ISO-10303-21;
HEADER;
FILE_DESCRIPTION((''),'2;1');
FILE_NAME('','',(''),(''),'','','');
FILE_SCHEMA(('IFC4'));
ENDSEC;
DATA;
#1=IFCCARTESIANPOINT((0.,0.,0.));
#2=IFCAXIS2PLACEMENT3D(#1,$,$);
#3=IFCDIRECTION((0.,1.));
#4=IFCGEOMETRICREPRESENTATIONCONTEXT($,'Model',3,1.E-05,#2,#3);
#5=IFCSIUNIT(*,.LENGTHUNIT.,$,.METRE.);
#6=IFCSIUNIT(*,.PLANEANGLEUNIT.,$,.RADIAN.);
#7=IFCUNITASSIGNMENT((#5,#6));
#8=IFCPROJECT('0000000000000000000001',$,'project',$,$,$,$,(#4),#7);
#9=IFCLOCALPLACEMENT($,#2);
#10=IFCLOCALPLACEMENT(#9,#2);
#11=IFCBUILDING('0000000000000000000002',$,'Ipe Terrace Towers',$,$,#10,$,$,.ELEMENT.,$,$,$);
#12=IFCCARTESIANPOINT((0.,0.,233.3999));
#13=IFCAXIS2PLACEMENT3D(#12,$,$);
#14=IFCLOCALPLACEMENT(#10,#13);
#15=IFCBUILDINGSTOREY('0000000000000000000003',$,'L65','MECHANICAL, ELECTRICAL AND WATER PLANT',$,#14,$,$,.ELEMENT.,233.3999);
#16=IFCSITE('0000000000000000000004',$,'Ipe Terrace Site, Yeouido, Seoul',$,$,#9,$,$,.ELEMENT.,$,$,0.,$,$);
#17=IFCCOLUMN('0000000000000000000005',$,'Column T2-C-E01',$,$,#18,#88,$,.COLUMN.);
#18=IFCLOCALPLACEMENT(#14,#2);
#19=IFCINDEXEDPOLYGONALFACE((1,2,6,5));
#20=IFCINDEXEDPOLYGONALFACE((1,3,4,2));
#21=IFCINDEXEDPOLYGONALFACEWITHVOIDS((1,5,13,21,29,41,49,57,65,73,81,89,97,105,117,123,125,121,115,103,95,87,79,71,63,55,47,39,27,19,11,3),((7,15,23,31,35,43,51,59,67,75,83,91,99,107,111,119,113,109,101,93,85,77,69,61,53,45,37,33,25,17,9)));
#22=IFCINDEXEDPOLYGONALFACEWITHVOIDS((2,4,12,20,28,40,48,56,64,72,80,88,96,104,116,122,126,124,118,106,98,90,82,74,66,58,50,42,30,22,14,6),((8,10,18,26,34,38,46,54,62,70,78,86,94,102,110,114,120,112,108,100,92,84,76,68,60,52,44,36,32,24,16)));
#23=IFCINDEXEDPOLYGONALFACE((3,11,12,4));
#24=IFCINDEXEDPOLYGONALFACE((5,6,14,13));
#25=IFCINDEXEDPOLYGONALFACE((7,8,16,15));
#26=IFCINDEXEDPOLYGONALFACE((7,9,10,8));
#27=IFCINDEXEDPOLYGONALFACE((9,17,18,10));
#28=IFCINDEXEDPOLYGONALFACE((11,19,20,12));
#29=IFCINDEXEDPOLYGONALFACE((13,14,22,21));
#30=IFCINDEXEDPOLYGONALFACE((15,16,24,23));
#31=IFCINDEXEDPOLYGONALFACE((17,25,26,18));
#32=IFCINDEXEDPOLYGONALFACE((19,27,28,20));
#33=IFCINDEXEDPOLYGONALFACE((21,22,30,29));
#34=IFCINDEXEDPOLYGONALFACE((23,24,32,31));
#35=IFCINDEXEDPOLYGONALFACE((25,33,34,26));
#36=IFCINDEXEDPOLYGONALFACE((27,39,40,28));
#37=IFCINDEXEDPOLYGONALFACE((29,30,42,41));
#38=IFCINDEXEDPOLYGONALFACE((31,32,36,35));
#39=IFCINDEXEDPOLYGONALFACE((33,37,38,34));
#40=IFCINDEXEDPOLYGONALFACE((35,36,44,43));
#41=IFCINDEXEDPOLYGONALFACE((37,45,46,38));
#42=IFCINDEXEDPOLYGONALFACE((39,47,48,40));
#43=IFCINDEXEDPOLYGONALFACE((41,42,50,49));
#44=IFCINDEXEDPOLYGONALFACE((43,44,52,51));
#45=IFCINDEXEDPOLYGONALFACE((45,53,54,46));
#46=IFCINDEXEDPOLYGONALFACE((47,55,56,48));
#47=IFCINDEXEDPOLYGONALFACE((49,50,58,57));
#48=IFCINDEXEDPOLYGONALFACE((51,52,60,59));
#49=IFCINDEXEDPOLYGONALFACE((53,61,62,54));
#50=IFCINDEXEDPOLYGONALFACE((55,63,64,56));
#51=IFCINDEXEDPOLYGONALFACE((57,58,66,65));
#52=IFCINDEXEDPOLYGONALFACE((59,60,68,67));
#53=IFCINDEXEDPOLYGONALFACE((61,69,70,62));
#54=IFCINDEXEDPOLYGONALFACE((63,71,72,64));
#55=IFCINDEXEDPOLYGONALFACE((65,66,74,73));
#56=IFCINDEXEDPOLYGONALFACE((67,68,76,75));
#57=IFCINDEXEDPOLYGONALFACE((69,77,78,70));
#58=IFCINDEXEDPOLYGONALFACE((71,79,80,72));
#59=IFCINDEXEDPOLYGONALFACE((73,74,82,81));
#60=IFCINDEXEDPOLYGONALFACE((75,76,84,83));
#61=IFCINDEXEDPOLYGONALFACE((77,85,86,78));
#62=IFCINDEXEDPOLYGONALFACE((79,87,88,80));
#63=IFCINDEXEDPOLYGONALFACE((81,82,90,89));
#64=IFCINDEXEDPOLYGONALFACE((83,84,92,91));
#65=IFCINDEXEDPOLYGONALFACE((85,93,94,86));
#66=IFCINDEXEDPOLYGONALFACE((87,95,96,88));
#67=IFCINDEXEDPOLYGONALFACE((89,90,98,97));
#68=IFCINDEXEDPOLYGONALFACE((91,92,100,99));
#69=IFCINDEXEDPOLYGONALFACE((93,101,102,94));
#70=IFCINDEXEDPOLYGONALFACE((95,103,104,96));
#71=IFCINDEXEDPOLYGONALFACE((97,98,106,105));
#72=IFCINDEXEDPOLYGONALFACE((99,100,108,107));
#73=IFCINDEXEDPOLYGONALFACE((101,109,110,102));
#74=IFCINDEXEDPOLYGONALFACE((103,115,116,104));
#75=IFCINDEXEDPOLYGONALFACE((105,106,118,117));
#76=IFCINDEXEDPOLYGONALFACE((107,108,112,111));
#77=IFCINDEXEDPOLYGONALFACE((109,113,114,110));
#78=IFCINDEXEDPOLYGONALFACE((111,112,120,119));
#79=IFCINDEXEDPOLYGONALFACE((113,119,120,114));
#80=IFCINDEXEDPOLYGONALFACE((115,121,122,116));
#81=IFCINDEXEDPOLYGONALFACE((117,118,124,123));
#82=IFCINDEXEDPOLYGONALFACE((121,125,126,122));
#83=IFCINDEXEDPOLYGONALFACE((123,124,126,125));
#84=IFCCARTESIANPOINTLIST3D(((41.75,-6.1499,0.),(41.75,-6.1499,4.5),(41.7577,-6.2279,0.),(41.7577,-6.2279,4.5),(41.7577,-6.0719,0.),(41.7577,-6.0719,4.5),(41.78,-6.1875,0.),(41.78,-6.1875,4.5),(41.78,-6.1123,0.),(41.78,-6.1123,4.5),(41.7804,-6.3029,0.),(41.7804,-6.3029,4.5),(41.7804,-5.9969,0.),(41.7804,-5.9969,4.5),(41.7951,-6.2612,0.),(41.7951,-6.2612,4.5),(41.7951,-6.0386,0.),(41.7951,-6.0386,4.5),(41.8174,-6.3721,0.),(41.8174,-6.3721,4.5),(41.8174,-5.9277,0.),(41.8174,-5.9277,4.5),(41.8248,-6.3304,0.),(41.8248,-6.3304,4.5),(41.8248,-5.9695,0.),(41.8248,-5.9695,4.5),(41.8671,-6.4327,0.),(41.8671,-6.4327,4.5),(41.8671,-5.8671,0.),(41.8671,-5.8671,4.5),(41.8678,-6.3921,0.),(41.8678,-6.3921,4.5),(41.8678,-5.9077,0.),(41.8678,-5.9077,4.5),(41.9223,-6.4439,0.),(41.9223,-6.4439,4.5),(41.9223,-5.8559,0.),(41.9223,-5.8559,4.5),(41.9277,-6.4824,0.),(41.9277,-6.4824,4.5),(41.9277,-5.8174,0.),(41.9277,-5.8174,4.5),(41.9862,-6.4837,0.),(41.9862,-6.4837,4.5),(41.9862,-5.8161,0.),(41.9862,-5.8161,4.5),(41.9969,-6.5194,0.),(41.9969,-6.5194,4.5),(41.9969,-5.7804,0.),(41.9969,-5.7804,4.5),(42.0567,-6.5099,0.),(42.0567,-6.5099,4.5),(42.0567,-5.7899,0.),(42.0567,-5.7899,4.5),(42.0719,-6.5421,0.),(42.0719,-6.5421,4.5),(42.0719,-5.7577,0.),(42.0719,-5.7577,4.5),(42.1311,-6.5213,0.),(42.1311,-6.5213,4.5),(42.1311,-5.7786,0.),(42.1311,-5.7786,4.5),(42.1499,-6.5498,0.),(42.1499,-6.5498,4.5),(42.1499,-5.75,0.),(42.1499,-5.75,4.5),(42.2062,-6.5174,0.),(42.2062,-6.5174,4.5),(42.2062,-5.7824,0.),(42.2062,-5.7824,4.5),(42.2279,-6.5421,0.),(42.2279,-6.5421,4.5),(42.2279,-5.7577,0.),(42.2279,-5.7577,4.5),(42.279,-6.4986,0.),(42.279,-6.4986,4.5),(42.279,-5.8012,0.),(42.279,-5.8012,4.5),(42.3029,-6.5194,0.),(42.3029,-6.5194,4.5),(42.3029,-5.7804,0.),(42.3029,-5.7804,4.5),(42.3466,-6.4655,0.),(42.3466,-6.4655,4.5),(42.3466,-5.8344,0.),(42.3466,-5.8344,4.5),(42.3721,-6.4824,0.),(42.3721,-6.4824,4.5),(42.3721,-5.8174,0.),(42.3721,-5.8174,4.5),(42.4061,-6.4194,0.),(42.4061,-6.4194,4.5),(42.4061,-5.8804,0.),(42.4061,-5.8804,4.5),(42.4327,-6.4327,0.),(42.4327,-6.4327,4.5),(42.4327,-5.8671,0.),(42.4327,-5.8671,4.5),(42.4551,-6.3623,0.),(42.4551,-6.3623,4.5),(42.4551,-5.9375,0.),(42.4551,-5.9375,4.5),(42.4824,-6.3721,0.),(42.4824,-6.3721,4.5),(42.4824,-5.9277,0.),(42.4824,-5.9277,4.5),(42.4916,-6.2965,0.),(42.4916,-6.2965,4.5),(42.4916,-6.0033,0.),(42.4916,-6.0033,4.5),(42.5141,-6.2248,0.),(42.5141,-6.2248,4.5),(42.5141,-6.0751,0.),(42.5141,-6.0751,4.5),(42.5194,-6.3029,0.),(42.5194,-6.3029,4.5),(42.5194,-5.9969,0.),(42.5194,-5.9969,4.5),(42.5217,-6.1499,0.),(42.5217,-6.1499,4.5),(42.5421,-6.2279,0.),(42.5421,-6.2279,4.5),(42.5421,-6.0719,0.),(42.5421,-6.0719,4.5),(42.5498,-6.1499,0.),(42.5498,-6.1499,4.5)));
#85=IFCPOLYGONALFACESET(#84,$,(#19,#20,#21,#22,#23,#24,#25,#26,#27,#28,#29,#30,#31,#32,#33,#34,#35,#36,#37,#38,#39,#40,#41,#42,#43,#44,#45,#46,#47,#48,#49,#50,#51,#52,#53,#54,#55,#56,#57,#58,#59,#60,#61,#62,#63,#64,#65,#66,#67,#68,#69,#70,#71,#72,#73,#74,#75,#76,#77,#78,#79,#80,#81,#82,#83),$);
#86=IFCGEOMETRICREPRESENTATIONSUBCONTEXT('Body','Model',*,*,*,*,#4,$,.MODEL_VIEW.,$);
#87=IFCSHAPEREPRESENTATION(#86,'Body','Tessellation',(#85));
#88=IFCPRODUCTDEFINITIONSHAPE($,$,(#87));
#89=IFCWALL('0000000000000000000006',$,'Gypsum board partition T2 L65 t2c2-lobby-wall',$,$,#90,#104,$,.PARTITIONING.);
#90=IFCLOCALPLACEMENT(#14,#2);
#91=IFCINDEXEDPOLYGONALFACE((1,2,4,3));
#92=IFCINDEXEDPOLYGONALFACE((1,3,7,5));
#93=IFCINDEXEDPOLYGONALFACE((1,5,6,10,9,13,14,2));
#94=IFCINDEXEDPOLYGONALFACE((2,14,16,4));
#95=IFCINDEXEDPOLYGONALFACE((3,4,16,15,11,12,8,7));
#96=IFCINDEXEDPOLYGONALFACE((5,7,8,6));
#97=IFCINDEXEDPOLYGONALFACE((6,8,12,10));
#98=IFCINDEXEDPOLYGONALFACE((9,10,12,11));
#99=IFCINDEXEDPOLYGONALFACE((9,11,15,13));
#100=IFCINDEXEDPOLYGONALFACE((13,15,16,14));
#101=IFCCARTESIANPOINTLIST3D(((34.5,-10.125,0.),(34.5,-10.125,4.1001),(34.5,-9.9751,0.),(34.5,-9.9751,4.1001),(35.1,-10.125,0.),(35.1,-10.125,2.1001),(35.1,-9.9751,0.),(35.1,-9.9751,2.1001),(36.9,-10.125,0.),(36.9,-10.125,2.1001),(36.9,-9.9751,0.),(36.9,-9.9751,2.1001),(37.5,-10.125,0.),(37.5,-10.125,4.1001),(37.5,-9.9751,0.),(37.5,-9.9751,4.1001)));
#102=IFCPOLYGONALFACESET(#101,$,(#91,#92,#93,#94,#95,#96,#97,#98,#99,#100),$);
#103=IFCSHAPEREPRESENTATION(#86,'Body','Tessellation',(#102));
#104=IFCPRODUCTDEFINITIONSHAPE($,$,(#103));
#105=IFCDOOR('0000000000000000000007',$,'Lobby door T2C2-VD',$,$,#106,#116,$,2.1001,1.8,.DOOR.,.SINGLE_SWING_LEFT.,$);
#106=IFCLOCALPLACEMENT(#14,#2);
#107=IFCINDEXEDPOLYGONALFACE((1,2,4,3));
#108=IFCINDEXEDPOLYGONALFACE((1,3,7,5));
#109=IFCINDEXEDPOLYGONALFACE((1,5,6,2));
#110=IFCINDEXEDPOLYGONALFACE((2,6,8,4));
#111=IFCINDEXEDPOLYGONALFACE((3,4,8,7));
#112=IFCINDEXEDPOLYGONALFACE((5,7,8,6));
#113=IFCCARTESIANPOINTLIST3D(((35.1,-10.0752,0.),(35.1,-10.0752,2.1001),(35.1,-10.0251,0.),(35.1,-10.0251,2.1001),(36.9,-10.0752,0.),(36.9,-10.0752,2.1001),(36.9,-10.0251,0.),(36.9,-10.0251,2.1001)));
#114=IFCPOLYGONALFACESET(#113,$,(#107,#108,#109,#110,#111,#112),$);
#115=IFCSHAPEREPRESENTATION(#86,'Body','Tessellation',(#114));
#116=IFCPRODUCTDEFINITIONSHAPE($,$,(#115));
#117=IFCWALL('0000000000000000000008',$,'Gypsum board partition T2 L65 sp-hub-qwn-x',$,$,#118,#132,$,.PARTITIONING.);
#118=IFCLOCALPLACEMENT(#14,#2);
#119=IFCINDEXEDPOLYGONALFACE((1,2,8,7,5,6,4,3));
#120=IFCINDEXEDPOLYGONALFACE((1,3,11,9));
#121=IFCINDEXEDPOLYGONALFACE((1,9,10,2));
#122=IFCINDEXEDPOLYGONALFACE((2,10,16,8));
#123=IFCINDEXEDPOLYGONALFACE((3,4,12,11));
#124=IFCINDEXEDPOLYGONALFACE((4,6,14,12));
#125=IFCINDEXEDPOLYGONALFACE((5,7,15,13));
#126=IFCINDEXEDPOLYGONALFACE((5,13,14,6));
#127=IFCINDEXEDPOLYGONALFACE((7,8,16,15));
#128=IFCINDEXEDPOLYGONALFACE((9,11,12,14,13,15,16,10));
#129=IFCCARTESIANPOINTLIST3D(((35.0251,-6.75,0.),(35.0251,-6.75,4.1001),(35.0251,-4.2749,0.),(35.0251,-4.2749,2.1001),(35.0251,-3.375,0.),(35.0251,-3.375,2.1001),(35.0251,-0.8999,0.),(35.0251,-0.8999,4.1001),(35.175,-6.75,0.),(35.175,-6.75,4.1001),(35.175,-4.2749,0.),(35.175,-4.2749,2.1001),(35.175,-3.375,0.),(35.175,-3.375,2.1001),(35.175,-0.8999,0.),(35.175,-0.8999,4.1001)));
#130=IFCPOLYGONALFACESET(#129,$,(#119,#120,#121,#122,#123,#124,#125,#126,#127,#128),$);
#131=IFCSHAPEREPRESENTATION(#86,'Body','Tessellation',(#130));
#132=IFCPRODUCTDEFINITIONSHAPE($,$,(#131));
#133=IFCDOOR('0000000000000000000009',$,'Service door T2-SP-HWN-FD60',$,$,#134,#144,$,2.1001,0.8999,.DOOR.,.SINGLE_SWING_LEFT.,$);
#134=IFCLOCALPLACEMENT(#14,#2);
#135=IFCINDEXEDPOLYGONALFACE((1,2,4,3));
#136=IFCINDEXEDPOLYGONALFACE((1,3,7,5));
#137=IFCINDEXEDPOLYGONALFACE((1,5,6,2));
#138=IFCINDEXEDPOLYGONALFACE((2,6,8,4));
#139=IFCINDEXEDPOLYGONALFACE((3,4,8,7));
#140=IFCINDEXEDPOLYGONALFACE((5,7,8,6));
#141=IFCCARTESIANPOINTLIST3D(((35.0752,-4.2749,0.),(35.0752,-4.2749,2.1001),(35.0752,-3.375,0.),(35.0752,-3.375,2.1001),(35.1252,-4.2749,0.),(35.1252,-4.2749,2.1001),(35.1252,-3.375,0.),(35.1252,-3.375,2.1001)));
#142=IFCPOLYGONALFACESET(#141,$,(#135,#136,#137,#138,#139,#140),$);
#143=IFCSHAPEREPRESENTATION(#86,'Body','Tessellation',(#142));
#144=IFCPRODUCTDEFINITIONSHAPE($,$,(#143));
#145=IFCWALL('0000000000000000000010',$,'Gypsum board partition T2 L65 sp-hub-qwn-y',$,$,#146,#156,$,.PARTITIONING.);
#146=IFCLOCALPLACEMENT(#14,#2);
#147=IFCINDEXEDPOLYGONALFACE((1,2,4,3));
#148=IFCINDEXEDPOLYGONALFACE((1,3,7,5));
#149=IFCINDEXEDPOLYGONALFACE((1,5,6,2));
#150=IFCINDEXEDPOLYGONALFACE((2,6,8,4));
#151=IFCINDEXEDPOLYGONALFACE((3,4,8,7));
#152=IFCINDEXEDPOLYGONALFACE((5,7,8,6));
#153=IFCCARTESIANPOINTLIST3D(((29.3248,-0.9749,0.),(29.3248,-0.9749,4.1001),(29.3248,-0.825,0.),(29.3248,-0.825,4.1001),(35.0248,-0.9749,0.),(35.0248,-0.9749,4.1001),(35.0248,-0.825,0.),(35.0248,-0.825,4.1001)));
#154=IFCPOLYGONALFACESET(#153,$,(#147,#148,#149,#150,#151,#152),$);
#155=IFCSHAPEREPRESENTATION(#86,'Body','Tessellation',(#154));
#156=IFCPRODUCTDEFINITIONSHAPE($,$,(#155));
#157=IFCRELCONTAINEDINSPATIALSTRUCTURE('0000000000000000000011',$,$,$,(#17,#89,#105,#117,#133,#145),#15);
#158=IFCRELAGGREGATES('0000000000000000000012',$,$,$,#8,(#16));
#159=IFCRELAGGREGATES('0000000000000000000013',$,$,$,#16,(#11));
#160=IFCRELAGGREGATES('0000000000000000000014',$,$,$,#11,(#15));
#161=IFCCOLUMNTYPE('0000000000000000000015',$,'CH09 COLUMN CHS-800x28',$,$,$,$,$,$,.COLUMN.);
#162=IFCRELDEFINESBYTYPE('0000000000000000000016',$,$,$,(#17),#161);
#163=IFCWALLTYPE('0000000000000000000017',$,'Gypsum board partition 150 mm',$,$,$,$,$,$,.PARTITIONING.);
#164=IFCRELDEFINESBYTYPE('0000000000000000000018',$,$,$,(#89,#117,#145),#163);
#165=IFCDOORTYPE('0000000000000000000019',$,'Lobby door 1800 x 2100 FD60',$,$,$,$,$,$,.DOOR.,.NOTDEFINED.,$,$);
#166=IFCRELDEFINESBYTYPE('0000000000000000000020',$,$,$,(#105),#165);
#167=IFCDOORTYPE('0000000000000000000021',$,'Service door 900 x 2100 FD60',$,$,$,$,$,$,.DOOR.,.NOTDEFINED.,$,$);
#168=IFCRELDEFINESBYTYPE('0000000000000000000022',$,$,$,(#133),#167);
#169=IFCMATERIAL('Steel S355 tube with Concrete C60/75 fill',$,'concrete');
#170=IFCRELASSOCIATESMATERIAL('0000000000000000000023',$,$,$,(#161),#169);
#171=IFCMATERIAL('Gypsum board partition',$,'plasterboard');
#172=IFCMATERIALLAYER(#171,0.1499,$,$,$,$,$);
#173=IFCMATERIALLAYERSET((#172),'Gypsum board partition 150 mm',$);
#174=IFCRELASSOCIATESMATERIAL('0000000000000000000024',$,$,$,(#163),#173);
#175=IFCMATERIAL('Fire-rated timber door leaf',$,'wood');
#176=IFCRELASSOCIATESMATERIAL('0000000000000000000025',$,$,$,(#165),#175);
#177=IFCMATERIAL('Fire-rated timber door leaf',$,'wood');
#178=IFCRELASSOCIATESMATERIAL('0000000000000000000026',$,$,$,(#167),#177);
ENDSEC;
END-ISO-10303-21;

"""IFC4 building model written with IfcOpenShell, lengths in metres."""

from ifc_helpers import new_model, si_unit, direction, frame, frame_2d, origin, origin_2d, place, context, subcontext, project, spatial, rectangle, hollow_circle, extrude, material, layer, layer_set, material_profile, profile_set, type_object, element, fill, save


model = new_model("IFC4")

# Units and contexts
model_context = context("Model", 3, precision=1e-05, world=origin(), true_north=direction((0.0, 1.0)))
body_context = subcontext(model_context, "Body", "Model", "MODEL_VIEW")
ifc_project = project(units=[si_unit("LENGTHUNIT", "METRE"), si_unit("PLANEANGLEUNIT", "RADIAN")], contexts=[model_context])

# Site, building, storey
site_placement = place(None, origin())
site = spatial("IfcSite", under=ifc_project, at=site_placement, Name="Ipe Terrace Site, Yeouido, Seoul", CompositionType="ELEMENT", RefElevation=0.0)
building_placement = place(site_placement, origin())
building = spatial("IfcBuilding", under=site, at=building_placement, Name="Ipe Terrace Towers", CompositionType="ELEMENT")
storey_placement = place(building_placement, frame((0.0, 0.0, 233.3999)))
storey = spatial("IfcBuildingStorey", under=building, at=storey_placement, Name="L65", Description="MECHANICAL, ELECTRICAL AND WATER PLANT", CompositionType="ELEMENT", Elevation=233.3999)

# Column
ifc_material_1 = material(Name="Steel S355 tube with Concrete C60/75 fill", Category="concrete")
ifc_material_profile_1 = material_profile(ifc_material_1, hollow_circle(Radius=0.3999, WallThickness=0.0281, at=origin_2d()), Name="CHS-800x28")
ifc_profile_set_1 = profile_set([ifc_material_profile_1], Name="Steel S355 tube with Concrete C60/75 fill")
column_type = type_object("IfcColumnType", Name="CH09 COLUMN CHS-800x28", PredefinedType="COLUMN", material=ifc_profile_set_1)
column_placement = place(storey_placement, frame((42.1499, -6.1499, 0.0), z_axis=(0.0, 0.0, 1.0), x_axis=(1.0, 0.0, 0.0)))
element("IfcColumn", 1, at=column_placement, inside=storey, type_object=column_type, Name="Column T2-C-E01", PredefinedType="COLUMN", context=body_context, shape_type="SweptSolid", body=[
    extrude(hollow_circle(Radius=0.3999, WallThickness=0.0281, at=origin_2d()), origin(), (0.0, 0.0, 1.0), 4.5),
])

# Walls, openings, doors
ifc_material_2 = material(Name="Gypsum board partition", Category="plasterboard")
ifc_layer_1 = layer(ifc_material_2, 0.1499)
ifc_layer_set_1 = layer_set([ifc_layer_1], Name="Gypsum board partition 150 mm")
wall_type_1 = type_object("IfcWallType", Name="Gypsum board partition 150 mm", PredefinedType="PARTITIONING", material=ifc_layer_set_1)
wall_1_placement = place(storey_placement, frame((34.5, -10.05, 0.0), z_axis=(0.0, 0.0, 1.0), x_axis=(1.0, 0.0, 0.0)))
wall_1 = element("IfcWall", 2, at=wall_1_placement, inside=storey, type_object=wall_type_1, Name="Gypsum board partition T2 L65 t2c2-lobby-wall", PredefinedType="PARTITIONING", context=body_context, shape_type="SweptSolid", body=[
    extrude(rectangle(XDim=3.0, YDim=0.1499, at=frame_2d((1.5, 0.0))), origin(), (0.0, 0.0, 1.0), 4.1001),
])
opening_1_placement = place(wall_1_placement, frame((0.6001, 0.0, 0.0)))
opening_1 = element("IfcOpeningElement", 3, at=opening_1_placement, cuts=wall_1, PredefinedType="OPENING", context=body_context, shape_type="SweptSolid", body=[
    extrude(rectangle(XDim=1.8, YDim=2.1001, at=frame_2d((0.8999, 1.05))), frame((0.0, 0.085, 0.0), z_axis=(0.0, -1.0, 0.0), x_axis=(1.0, 0.0, 0.0)), (0.0, 0.0, 1.0), 0.1699),
])
ifc_material_3 = material(Name="Fire-rated timber door leaf", Category="wood")
door_type_1 = type_object("IfcDoorType", Name="Lobby door 1800 x 2100 FD60", OperationType="NOTDEFINED", PredefinedType="DOOR", material=ifc_material_3)
door_1_placement = place(opening_1_placement, origin())
door_1 = element("IfcDoor", 4, at=door_1_placement, inside=storey, type_object=door_type_1, Name="Lobby door T2C2-VD", OperationType="SINGLE_SWING_LEFT", OverallHeight=2.1001, OverallWidth=1.8, PredefinedType="DOOR", context=body_context, shape_type="SweptSolid", body=[
    extrude(rectangle(XDim=1.8, YDim=2.1001, at=frame_2d((0.8999, 1.05))), frame((0.0, 0.0249, 0.0), z_axis=(0.0, -1.0, 0.0), x_axis=(1.0, 0.0, 0.0)), (0.0, 0.0, 1.0), 0.05),
])
fill(opening_1, door_1)
wall_2_placement = place(storey_placement, frame((35.1001, -6.75, 0.0), z_axis=(0.0, 0.0, 1.0), x_axis=(0.0, 1.0, 0.0)))
wall_2 = element("IfcWall", 5, at=wall_2_placement, inside=storey, type_object=wall_type_1, Name="Gypsum board partition T2 L65 sp-hub-qwn-x", PredefinedType="PARTITIONING", context=body_context, shape_type="SweptSolid", body=[
    extrude(rectangle(XDim=5.8501, YDim=0.1499, at=frame_2d((2.925, 0.0))), origin(), (0.0, 0.0, 1.0), 4.1001),
])
opening_2_placement = place(wall_2_placement, frame((2.4751, 0.0, 0.0)))
opening_2 = element("IfcOpeningElement", 6, at=opening_2_placement, cuts=wall_2, PredefinedType="OPENING", context=body_context, shape_type="SweptSolid", body=[
    extrude(rectangle(XDim=0.8999, YDim=2.1001, at=frame_2d((0.45, 1.05))), frame((0.0, 0.085, 0.0), z_axis=(0.0, -1.0, 0.0), x_axis=(1.0, 0.0, 0.0)), (0.0, 0.0, 1.0), 0.1699),
])
ifc_material_4 = material(Name="Fire-rated timber door leaf", Category="wood")
door_type_2 = type_object("IfcDoorType", Name="Service door 900 x 2100 FD60", OperationType="NOTDEFINED", PredefinedType="DOOR", material=ifc_material_4)
door_2_placement = place(opening_2_placement, origin())
door_2 = element("IfcDoor", 7, at=door_2_placement, inside=storey, type_object=door_type_2, Name="Service door T2-SP-HWN-FD60", OperationType="SINGLE_SWING_LEFT", OverallHeight=2.1001, OverallWidth=0.8999, PredefinedType="DOOR", context=body_context, shape_type="SweptSolid", body=[
    extrude(rectangle(XDim=0.8999, YDim=2.1001, at=frame_2d((0.45, 1.05))), frame((0.0, 0.0249, 0.0), z_axis=(0.0, -1.0, 0.0), x_axis=(1.0, 0.0, 0.0)), (0.0, 0.0, 1.0), 0.05),
])
fill(opening_2, door_2)

# Wall
wall_3_placement = place(storey_placement, frame((35.0249, -0.8999, 0.0), z_axis=(0.0, 0.0, 1.0), x_axis=(-1.0, 0.0, 0.0)))
element("IfcWall", 8, at=wall_3_placement, inside=storey, type_object=wall_type_1, Name="Gypsum board partition T2 L65 sp-hub-qwn-y", PredefinedType="PARTITIONING", context=body_context, shape_type="SweptSolid", body=[
    extrude(rectangle(XDim=5.7, YDim=0.1499, at=frame_2d((2.8501, 0.0))), origin(), (0.0, 0.0, 1.0), 4.1001),
])

save(model, "model.ifc")
